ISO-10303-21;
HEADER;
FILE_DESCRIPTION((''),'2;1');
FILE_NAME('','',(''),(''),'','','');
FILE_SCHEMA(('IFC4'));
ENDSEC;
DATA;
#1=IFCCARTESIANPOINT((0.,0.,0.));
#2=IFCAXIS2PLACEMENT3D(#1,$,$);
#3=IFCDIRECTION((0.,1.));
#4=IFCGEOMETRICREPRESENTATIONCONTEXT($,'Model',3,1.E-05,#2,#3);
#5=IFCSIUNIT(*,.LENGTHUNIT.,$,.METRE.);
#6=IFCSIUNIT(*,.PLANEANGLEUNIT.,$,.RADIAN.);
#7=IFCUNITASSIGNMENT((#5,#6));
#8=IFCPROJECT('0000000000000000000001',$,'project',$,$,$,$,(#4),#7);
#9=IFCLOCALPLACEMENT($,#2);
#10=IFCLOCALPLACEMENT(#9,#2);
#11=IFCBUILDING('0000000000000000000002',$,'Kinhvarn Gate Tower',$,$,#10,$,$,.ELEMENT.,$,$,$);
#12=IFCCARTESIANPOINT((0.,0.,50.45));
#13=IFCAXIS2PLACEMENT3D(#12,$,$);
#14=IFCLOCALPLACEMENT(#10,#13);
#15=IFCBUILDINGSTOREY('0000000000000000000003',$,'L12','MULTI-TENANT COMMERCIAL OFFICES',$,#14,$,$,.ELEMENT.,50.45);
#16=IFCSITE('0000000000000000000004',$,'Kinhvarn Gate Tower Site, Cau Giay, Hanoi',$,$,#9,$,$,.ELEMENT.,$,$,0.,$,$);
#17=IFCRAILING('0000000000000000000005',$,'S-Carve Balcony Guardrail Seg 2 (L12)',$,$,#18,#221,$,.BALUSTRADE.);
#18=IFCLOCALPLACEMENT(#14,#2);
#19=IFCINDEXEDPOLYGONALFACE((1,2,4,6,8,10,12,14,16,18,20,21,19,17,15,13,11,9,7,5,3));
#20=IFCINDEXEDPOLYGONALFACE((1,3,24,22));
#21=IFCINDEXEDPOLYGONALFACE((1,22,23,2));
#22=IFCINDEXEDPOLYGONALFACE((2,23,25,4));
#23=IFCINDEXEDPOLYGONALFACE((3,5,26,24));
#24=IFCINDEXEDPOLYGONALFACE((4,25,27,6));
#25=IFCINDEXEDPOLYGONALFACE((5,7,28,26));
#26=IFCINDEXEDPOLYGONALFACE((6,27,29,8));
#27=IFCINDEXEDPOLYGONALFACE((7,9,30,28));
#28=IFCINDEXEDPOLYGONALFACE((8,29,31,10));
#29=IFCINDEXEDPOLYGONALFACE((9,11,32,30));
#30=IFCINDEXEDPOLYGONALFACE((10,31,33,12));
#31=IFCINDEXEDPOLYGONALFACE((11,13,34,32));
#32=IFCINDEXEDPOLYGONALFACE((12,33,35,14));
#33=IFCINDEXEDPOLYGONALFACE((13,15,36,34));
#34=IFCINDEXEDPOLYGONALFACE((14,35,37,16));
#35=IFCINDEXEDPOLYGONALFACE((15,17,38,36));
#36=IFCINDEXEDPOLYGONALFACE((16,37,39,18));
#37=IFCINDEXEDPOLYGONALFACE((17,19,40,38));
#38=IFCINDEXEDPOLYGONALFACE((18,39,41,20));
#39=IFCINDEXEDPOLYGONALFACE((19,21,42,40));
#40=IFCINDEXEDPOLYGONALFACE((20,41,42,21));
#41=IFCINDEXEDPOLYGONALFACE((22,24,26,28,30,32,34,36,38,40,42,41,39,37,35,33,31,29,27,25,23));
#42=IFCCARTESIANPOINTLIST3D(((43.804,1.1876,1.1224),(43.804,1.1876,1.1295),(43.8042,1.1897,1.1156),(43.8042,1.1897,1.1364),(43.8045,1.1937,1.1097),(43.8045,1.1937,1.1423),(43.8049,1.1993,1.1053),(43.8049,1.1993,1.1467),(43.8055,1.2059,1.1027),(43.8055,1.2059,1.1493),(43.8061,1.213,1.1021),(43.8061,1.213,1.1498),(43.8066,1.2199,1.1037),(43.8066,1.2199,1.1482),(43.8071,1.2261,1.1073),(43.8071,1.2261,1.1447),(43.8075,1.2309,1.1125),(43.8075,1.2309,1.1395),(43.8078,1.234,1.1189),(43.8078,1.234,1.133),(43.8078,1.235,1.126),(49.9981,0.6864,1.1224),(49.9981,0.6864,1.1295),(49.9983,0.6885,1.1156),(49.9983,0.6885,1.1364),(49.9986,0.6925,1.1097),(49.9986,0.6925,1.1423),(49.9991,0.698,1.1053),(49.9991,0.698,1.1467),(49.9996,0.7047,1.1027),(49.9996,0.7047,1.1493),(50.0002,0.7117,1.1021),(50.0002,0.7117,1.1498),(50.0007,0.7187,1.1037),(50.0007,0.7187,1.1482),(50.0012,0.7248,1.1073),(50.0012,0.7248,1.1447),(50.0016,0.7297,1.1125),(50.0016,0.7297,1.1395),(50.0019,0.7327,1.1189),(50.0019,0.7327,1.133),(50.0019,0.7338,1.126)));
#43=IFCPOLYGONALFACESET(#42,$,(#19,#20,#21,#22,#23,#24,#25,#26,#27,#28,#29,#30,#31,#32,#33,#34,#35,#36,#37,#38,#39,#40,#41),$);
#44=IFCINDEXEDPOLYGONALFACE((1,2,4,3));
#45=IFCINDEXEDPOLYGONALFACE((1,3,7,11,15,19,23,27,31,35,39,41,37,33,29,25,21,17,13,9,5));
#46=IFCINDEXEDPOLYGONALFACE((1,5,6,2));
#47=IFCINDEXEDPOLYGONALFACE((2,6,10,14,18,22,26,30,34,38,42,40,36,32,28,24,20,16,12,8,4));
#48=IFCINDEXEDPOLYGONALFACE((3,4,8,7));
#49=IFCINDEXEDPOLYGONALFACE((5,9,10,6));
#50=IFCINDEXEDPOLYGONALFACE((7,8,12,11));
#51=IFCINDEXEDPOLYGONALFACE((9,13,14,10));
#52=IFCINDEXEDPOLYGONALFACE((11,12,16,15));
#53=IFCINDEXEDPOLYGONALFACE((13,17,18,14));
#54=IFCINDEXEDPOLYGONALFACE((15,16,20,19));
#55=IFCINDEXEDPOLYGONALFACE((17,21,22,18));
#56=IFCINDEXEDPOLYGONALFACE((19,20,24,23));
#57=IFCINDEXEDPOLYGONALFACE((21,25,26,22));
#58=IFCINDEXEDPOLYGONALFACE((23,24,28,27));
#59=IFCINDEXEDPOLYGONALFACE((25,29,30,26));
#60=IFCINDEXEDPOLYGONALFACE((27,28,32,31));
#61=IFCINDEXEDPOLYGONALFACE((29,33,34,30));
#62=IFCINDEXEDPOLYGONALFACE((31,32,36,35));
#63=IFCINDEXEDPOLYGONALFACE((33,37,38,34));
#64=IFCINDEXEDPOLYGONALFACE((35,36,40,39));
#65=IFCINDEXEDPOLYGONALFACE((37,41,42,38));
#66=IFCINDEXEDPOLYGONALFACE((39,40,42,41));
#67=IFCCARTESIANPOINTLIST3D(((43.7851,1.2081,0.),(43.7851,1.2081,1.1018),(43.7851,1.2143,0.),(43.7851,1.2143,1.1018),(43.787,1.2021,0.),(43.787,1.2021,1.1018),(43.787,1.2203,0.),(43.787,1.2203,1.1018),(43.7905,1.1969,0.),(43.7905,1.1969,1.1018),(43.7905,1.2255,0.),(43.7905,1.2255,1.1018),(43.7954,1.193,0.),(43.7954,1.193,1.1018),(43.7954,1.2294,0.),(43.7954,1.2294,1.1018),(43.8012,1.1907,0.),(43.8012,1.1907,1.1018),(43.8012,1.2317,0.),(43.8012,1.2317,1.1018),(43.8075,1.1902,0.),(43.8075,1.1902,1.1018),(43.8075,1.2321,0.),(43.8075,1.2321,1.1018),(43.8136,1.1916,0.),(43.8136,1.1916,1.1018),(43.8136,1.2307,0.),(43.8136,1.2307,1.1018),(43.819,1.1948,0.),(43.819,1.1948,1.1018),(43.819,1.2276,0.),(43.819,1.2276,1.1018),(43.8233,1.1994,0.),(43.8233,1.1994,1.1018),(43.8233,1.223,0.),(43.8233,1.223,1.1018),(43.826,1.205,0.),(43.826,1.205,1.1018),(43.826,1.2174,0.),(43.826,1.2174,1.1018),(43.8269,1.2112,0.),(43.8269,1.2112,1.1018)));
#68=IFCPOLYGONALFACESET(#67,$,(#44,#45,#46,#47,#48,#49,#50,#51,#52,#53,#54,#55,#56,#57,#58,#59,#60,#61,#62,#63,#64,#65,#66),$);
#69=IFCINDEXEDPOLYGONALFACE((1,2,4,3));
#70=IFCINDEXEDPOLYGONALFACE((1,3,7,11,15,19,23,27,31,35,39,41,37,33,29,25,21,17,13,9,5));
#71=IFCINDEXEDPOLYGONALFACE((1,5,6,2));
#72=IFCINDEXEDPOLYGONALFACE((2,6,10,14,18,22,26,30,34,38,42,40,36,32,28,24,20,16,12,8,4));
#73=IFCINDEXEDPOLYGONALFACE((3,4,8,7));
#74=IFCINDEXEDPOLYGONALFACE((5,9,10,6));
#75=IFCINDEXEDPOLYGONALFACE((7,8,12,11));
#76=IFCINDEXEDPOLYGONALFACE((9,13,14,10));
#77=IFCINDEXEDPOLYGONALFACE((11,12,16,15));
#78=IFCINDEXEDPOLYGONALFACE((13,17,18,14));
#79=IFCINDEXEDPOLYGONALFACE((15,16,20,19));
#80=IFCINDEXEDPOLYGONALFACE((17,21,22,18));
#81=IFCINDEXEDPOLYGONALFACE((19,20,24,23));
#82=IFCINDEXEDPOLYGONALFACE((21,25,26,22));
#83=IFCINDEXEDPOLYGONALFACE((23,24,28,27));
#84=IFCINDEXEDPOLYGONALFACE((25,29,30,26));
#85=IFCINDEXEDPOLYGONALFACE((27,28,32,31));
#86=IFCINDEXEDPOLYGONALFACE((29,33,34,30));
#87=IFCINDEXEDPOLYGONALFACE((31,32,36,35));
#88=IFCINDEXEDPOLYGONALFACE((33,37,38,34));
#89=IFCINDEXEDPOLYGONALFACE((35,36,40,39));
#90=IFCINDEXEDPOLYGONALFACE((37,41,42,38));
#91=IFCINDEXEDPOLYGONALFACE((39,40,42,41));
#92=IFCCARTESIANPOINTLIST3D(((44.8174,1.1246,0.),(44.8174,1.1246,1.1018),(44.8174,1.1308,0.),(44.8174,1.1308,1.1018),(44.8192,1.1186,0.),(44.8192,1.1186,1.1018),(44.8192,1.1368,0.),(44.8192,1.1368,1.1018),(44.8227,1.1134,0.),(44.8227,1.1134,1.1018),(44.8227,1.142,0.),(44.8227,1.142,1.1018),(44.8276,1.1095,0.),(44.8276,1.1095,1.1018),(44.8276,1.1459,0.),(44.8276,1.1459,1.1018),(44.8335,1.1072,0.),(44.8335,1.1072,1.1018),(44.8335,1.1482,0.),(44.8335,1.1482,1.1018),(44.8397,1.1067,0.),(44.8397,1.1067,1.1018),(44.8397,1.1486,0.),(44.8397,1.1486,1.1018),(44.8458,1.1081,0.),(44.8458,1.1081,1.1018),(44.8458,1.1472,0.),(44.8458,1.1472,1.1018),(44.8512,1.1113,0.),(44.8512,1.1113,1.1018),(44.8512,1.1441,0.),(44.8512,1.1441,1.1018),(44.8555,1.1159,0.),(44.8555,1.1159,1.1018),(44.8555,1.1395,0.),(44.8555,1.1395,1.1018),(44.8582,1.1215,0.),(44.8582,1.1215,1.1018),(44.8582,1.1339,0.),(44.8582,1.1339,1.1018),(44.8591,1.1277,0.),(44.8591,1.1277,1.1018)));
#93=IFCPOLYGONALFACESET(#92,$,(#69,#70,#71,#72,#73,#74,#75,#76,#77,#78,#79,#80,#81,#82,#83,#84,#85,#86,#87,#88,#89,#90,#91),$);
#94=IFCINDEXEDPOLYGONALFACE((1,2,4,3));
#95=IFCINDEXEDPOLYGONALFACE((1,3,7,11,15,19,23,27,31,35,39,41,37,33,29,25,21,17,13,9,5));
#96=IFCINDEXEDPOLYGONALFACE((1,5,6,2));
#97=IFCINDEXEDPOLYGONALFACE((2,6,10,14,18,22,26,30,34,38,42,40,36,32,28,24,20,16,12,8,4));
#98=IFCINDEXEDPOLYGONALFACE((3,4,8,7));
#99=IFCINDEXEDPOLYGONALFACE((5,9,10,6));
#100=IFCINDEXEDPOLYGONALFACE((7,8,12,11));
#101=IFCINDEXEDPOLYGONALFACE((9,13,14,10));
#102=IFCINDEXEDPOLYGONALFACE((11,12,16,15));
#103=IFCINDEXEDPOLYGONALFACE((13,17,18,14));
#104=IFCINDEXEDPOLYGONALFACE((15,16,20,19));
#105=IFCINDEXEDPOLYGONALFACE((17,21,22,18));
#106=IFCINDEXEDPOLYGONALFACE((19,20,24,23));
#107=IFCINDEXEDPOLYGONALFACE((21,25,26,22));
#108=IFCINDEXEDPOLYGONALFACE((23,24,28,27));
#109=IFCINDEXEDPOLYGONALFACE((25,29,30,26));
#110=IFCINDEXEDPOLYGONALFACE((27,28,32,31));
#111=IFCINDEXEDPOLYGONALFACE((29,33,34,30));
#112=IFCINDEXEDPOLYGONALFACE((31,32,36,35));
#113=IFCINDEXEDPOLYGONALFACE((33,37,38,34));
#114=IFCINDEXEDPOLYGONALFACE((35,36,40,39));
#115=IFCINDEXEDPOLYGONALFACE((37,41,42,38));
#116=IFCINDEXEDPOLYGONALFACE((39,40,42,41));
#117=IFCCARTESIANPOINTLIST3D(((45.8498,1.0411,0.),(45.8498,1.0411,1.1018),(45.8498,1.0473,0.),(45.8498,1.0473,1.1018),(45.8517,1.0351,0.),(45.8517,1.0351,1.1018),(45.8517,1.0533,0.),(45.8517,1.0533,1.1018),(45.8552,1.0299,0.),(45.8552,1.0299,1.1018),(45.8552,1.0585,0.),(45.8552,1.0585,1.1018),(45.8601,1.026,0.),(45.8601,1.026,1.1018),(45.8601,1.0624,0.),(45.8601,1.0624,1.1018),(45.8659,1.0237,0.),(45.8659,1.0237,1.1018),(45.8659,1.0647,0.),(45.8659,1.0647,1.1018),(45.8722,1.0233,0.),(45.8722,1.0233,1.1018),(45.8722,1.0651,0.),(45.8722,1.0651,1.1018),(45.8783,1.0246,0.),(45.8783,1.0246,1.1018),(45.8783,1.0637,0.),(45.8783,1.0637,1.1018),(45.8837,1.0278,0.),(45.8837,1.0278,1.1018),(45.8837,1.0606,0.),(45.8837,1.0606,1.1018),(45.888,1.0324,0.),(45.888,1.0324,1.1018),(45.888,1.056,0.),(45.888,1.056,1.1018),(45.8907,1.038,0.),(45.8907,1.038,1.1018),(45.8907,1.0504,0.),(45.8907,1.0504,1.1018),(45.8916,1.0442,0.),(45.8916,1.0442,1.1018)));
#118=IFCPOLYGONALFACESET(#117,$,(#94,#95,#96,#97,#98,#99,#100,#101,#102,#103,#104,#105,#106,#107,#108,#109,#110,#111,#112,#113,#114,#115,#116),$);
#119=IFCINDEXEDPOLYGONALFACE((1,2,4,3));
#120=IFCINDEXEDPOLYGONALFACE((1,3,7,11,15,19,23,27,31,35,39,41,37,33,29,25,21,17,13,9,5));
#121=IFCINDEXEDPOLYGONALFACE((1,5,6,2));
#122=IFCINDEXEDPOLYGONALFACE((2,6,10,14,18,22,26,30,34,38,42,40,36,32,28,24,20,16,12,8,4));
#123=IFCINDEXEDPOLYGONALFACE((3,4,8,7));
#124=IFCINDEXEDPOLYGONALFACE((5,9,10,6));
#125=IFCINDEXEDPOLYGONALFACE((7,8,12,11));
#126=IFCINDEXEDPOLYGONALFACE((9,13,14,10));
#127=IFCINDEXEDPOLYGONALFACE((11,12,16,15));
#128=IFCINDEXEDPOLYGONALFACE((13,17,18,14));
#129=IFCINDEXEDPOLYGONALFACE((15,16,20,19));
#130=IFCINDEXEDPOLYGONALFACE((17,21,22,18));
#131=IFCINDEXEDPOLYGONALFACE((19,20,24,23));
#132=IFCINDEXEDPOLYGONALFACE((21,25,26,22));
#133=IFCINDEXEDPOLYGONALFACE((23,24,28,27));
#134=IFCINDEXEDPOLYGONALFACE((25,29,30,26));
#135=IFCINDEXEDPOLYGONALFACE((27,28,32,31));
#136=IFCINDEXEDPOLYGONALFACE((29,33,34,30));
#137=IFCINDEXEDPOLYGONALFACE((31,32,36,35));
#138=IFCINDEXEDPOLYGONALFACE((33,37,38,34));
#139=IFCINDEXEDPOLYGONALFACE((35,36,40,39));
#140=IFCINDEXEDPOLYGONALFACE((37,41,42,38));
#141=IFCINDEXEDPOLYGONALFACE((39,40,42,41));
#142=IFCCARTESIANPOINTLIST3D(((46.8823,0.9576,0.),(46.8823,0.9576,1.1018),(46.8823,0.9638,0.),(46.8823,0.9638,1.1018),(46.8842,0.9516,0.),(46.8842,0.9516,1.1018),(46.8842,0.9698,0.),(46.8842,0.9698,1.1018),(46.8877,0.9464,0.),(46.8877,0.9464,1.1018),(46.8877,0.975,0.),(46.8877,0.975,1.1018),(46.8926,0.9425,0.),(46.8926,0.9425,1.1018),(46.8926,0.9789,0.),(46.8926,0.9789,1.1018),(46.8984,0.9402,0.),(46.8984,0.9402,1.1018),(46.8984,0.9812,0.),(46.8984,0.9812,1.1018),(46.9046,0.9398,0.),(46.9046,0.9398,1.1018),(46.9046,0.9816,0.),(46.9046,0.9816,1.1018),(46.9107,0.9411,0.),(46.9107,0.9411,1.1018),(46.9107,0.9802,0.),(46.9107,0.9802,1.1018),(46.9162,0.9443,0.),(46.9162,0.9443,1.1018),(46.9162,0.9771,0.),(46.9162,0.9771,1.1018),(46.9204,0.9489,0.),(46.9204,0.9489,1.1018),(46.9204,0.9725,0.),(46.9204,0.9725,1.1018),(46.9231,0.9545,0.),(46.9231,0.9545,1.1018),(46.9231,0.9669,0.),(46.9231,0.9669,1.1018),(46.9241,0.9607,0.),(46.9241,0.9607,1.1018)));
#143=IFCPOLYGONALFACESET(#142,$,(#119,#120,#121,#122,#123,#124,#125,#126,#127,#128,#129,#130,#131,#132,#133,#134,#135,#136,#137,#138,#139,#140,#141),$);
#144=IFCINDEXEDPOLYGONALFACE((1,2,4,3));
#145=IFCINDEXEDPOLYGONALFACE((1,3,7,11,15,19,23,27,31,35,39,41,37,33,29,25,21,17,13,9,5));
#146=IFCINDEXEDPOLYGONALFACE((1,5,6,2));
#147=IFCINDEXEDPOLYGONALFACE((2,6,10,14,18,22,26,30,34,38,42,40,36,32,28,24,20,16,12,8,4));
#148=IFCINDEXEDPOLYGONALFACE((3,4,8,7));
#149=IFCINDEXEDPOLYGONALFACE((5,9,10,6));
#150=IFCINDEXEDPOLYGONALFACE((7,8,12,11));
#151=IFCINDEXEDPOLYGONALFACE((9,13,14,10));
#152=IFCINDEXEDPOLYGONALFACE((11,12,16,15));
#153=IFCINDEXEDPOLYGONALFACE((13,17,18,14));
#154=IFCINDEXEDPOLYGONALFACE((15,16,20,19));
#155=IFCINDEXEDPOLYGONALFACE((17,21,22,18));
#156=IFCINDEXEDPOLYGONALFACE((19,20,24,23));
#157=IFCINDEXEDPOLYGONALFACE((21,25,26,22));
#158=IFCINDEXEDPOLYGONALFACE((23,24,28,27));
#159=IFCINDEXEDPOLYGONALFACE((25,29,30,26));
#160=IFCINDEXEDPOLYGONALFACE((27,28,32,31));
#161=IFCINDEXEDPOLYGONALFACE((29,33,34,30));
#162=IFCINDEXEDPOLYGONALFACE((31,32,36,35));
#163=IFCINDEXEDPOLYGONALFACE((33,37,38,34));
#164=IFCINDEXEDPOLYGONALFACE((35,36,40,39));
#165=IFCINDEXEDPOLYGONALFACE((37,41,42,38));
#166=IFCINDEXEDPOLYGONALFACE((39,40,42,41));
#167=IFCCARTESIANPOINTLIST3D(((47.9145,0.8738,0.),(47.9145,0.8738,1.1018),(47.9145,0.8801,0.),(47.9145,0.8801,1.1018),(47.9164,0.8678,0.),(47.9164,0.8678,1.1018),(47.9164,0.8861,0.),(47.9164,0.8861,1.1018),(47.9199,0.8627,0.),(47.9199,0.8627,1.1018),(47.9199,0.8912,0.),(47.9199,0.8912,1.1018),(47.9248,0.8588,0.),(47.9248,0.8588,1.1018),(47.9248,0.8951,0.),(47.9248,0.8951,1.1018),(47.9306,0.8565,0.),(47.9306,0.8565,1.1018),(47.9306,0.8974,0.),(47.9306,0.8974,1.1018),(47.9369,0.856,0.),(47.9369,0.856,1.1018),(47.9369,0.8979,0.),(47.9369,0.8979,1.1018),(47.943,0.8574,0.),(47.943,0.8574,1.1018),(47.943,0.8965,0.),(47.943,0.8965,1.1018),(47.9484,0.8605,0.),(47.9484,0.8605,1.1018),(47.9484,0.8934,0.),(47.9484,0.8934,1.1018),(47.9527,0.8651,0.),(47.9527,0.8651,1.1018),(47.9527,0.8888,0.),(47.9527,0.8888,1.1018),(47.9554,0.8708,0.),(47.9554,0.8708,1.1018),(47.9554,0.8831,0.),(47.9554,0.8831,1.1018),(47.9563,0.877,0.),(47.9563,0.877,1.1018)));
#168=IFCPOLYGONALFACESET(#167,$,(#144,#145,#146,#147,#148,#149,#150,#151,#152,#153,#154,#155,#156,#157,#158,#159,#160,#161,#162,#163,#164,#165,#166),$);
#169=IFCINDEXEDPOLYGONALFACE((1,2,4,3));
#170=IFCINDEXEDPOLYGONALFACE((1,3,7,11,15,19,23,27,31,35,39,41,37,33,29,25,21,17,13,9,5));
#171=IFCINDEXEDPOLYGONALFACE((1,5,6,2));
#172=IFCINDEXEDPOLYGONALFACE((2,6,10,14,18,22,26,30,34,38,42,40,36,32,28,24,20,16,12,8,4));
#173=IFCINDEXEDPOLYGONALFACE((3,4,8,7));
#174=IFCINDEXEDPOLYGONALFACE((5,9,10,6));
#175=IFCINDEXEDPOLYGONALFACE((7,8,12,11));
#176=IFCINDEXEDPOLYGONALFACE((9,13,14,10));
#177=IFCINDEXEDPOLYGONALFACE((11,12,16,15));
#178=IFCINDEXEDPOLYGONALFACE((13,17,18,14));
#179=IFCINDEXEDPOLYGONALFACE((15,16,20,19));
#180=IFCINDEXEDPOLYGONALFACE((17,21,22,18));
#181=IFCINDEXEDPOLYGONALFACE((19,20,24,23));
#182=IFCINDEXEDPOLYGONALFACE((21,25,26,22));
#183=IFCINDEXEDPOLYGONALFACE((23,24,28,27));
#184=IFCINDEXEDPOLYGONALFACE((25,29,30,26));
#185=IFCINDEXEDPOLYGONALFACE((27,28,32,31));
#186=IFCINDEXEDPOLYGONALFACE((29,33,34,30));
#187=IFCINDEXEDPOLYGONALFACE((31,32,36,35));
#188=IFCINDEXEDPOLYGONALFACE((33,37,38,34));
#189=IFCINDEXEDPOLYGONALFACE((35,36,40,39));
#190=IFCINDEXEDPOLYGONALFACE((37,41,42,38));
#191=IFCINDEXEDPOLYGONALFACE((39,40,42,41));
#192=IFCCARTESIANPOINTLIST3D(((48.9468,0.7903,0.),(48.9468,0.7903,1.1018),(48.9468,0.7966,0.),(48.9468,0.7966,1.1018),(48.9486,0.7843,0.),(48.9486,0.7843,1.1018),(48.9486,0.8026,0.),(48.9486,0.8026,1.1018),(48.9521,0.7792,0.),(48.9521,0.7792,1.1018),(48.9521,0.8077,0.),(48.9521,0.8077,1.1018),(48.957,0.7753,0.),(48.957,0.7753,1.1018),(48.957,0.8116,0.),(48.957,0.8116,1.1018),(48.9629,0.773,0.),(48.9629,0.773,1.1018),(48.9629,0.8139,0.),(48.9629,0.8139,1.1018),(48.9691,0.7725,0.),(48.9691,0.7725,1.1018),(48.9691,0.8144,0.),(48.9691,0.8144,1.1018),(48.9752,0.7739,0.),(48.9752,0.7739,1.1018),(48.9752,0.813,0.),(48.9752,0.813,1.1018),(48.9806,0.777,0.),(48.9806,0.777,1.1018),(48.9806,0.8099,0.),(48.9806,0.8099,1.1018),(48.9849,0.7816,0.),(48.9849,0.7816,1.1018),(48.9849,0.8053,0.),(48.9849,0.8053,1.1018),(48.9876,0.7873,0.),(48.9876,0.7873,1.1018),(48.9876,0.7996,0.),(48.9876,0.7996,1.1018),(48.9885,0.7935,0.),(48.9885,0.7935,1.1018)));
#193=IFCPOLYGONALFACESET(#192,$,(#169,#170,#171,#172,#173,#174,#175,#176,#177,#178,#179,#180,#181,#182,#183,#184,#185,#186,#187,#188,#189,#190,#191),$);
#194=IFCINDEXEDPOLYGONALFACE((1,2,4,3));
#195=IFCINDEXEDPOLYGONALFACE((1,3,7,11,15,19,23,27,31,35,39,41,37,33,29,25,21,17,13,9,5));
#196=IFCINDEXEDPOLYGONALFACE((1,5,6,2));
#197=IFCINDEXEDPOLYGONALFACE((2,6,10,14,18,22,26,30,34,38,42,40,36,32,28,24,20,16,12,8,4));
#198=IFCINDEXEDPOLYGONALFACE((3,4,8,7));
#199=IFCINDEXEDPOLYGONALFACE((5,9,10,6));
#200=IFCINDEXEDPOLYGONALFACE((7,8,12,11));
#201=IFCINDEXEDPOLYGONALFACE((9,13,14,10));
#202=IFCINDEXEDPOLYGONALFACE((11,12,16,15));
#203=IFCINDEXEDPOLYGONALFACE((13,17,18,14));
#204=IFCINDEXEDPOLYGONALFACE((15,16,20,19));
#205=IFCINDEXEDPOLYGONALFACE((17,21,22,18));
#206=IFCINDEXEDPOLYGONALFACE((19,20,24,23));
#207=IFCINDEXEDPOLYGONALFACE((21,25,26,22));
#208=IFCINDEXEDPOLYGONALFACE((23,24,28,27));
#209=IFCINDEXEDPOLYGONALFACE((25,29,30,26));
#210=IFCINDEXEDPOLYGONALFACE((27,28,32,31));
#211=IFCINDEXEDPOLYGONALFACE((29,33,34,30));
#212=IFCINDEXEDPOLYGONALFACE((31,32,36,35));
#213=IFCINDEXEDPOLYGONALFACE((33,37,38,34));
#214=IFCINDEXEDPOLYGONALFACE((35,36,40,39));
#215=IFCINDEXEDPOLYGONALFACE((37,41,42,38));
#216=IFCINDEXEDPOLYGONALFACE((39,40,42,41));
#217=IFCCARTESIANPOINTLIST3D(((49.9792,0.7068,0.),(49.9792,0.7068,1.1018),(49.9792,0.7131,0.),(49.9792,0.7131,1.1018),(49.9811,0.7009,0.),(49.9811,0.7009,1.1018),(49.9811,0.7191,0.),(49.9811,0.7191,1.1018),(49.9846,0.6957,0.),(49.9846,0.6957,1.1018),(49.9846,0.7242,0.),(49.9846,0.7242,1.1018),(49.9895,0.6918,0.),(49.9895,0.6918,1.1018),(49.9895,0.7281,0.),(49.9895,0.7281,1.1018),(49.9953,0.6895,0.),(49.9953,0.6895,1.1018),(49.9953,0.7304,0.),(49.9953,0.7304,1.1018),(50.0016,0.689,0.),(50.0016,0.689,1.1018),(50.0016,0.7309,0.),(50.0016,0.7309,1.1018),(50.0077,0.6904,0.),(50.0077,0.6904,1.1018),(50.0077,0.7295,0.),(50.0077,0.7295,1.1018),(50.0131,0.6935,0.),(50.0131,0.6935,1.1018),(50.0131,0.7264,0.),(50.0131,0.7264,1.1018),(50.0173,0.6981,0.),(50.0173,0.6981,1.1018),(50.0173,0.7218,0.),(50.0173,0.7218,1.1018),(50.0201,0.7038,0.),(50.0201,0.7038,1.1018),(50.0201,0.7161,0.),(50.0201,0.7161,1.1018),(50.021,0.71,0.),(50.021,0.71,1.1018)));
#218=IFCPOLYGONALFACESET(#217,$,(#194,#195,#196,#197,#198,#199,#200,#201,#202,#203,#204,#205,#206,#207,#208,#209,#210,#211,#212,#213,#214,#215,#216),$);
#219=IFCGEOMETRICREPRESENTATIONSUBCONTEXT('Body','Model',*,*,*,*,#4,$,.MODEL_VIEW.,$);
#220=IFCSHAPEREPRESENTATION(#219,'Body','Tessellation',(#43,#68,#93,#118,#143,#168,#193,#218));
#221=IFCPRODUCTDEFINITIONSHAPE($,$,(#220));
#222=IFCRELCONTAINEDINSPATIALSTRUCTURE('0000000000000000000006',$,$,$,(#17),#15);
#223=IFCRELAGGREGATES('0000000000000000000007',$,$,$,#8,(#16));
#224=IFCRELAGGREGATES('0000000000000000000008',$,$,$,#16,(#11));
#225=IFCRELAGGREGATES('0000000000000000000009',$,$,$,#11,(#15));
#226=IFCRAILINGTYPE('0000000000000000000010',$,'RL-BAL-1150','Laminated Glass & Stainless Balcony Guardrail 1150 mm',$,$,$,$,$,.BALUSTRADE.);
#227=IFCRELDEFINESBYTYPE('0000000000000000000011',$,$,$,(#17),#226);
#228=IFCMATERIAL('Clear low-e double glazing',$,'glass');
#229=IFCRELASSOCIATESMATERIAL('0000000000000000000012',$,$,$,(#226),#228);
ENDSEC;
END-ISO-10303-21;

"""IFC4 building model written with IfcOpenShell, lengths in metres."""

from ifc_helpers import new_model, si_unit, direction, frame, origin, origin_2d, place, context, subcontext, project, spatial, circle, extrude, material, type_object, element, save


model = new_model("IFC4")

# Units and contexts
model_context = context("Model", 3, precision=1e-05, world=origin(), true_north=direction((0.0, 1.0)))
body_context = subcontext(model_context, "Body", "Model", "MODEL_VIEW")
ifc_project = project(units=[si_unit("LENGTHUNIT", "METRE"), si_unit("PLANEANGLEUNIT", "RADIAN")], contexts=[model_context])

# Site, building, storey
site_placement = place(None, origin())
site = spatial("IfcSite", under=ifc_project, at=site_placement, Name="Kinhvarn Gate Tower Site, Cau Giay, Hanoi", CompositionType="ELEMENT", RefElevation=0.0)
building_placement = place(site_placement, origin())
building = spatial("IfcBuilding", under=site, at=building_placement, Name="Kinhvarn Gate Tower", CompositionType="ELEMENT")
storey_placement = place(building_placement, frame((0.0, 0.0, 50.45)))
storey = spatial("IfcBuildingStorey", under=building, at=storey_placement, Name="L12", Description="MULTI-TENANT COMMERCIAL OFFICES", CompositionType="ELEMENT", Elevation=50.45)

# Shared definitions
ifc_material_1 = material(Name="Clear low-e double glazing", Category="glass")

# Railing
railing_type = type_object("IfcRailingType", Name="RL-BAL-1150", Description="Laminated Glass & Stainless Balcony Guardrail 1150 mm", PredefinedType="BALUSTRADE", material=ifc_material_1)
railing_1_placement = place(storey_placement, frame((43.8059, 1.2112, 0.0)))
element("IfcRailing", 1, at=railing_1_placement, inside=storey, type_object=railing_type, Name="S-Carve Balcony Guardrail Seg 2 (L12)", PredefinedType="BALUSTRADE", context=body_context, shape_type="SweptSolid", body=[
    extrude(circle(Radius=0.0239, at=origin_2d()), frame((0.0, 0.0, 1.126), z_axis=(0.996742, -0.080656, 0.0), x_axis=(0.080656, 0.996742, 0.0)), (0.0, 0.0, 1.0), 6.2144),
    extrude(circle(Radius=0.021, at=origin_2d()), origin(), (0.0, 0.0, 1.0), 1.1018),
    extrude(circle(Radius=0.021, at=origin_2d()), frame((1.0322, -0.0835, 0.0)), (0.0, 0.0, 1.0), 1.1018),
    extrude(circle(Radius=0.021, at=origin_2d()), frame((2.0647, -0.167, 0.0)), (0.0, 0.0, 1.0), 1.1018),
    extrude(circle(Radius=0.021, at=origin_2d()), frame((3.0972, -0.2505, 0.0)), (0.0, 0.0, 1.0), 1.1018),
    extrude(circle(Radius=0.021, at=origin_2d()), frame((4.1294, -0.3342, 0.0)), (0.0, 0.0, 1.0), 1.1018),
    extrude(circle(Radius=0.021, at=origin_2d()), frame((5.1616, -0.4177, 0.0)), (0.0, 0.0, 1.0), 1.1018),
    extrude(circle(Radius=0.021, at=origin_2d()), frame((6.1941, -0.5012, 0.0)), (0.0, 0.0, 1.0), 1.1018),
])

save(model, "model.ifc")
